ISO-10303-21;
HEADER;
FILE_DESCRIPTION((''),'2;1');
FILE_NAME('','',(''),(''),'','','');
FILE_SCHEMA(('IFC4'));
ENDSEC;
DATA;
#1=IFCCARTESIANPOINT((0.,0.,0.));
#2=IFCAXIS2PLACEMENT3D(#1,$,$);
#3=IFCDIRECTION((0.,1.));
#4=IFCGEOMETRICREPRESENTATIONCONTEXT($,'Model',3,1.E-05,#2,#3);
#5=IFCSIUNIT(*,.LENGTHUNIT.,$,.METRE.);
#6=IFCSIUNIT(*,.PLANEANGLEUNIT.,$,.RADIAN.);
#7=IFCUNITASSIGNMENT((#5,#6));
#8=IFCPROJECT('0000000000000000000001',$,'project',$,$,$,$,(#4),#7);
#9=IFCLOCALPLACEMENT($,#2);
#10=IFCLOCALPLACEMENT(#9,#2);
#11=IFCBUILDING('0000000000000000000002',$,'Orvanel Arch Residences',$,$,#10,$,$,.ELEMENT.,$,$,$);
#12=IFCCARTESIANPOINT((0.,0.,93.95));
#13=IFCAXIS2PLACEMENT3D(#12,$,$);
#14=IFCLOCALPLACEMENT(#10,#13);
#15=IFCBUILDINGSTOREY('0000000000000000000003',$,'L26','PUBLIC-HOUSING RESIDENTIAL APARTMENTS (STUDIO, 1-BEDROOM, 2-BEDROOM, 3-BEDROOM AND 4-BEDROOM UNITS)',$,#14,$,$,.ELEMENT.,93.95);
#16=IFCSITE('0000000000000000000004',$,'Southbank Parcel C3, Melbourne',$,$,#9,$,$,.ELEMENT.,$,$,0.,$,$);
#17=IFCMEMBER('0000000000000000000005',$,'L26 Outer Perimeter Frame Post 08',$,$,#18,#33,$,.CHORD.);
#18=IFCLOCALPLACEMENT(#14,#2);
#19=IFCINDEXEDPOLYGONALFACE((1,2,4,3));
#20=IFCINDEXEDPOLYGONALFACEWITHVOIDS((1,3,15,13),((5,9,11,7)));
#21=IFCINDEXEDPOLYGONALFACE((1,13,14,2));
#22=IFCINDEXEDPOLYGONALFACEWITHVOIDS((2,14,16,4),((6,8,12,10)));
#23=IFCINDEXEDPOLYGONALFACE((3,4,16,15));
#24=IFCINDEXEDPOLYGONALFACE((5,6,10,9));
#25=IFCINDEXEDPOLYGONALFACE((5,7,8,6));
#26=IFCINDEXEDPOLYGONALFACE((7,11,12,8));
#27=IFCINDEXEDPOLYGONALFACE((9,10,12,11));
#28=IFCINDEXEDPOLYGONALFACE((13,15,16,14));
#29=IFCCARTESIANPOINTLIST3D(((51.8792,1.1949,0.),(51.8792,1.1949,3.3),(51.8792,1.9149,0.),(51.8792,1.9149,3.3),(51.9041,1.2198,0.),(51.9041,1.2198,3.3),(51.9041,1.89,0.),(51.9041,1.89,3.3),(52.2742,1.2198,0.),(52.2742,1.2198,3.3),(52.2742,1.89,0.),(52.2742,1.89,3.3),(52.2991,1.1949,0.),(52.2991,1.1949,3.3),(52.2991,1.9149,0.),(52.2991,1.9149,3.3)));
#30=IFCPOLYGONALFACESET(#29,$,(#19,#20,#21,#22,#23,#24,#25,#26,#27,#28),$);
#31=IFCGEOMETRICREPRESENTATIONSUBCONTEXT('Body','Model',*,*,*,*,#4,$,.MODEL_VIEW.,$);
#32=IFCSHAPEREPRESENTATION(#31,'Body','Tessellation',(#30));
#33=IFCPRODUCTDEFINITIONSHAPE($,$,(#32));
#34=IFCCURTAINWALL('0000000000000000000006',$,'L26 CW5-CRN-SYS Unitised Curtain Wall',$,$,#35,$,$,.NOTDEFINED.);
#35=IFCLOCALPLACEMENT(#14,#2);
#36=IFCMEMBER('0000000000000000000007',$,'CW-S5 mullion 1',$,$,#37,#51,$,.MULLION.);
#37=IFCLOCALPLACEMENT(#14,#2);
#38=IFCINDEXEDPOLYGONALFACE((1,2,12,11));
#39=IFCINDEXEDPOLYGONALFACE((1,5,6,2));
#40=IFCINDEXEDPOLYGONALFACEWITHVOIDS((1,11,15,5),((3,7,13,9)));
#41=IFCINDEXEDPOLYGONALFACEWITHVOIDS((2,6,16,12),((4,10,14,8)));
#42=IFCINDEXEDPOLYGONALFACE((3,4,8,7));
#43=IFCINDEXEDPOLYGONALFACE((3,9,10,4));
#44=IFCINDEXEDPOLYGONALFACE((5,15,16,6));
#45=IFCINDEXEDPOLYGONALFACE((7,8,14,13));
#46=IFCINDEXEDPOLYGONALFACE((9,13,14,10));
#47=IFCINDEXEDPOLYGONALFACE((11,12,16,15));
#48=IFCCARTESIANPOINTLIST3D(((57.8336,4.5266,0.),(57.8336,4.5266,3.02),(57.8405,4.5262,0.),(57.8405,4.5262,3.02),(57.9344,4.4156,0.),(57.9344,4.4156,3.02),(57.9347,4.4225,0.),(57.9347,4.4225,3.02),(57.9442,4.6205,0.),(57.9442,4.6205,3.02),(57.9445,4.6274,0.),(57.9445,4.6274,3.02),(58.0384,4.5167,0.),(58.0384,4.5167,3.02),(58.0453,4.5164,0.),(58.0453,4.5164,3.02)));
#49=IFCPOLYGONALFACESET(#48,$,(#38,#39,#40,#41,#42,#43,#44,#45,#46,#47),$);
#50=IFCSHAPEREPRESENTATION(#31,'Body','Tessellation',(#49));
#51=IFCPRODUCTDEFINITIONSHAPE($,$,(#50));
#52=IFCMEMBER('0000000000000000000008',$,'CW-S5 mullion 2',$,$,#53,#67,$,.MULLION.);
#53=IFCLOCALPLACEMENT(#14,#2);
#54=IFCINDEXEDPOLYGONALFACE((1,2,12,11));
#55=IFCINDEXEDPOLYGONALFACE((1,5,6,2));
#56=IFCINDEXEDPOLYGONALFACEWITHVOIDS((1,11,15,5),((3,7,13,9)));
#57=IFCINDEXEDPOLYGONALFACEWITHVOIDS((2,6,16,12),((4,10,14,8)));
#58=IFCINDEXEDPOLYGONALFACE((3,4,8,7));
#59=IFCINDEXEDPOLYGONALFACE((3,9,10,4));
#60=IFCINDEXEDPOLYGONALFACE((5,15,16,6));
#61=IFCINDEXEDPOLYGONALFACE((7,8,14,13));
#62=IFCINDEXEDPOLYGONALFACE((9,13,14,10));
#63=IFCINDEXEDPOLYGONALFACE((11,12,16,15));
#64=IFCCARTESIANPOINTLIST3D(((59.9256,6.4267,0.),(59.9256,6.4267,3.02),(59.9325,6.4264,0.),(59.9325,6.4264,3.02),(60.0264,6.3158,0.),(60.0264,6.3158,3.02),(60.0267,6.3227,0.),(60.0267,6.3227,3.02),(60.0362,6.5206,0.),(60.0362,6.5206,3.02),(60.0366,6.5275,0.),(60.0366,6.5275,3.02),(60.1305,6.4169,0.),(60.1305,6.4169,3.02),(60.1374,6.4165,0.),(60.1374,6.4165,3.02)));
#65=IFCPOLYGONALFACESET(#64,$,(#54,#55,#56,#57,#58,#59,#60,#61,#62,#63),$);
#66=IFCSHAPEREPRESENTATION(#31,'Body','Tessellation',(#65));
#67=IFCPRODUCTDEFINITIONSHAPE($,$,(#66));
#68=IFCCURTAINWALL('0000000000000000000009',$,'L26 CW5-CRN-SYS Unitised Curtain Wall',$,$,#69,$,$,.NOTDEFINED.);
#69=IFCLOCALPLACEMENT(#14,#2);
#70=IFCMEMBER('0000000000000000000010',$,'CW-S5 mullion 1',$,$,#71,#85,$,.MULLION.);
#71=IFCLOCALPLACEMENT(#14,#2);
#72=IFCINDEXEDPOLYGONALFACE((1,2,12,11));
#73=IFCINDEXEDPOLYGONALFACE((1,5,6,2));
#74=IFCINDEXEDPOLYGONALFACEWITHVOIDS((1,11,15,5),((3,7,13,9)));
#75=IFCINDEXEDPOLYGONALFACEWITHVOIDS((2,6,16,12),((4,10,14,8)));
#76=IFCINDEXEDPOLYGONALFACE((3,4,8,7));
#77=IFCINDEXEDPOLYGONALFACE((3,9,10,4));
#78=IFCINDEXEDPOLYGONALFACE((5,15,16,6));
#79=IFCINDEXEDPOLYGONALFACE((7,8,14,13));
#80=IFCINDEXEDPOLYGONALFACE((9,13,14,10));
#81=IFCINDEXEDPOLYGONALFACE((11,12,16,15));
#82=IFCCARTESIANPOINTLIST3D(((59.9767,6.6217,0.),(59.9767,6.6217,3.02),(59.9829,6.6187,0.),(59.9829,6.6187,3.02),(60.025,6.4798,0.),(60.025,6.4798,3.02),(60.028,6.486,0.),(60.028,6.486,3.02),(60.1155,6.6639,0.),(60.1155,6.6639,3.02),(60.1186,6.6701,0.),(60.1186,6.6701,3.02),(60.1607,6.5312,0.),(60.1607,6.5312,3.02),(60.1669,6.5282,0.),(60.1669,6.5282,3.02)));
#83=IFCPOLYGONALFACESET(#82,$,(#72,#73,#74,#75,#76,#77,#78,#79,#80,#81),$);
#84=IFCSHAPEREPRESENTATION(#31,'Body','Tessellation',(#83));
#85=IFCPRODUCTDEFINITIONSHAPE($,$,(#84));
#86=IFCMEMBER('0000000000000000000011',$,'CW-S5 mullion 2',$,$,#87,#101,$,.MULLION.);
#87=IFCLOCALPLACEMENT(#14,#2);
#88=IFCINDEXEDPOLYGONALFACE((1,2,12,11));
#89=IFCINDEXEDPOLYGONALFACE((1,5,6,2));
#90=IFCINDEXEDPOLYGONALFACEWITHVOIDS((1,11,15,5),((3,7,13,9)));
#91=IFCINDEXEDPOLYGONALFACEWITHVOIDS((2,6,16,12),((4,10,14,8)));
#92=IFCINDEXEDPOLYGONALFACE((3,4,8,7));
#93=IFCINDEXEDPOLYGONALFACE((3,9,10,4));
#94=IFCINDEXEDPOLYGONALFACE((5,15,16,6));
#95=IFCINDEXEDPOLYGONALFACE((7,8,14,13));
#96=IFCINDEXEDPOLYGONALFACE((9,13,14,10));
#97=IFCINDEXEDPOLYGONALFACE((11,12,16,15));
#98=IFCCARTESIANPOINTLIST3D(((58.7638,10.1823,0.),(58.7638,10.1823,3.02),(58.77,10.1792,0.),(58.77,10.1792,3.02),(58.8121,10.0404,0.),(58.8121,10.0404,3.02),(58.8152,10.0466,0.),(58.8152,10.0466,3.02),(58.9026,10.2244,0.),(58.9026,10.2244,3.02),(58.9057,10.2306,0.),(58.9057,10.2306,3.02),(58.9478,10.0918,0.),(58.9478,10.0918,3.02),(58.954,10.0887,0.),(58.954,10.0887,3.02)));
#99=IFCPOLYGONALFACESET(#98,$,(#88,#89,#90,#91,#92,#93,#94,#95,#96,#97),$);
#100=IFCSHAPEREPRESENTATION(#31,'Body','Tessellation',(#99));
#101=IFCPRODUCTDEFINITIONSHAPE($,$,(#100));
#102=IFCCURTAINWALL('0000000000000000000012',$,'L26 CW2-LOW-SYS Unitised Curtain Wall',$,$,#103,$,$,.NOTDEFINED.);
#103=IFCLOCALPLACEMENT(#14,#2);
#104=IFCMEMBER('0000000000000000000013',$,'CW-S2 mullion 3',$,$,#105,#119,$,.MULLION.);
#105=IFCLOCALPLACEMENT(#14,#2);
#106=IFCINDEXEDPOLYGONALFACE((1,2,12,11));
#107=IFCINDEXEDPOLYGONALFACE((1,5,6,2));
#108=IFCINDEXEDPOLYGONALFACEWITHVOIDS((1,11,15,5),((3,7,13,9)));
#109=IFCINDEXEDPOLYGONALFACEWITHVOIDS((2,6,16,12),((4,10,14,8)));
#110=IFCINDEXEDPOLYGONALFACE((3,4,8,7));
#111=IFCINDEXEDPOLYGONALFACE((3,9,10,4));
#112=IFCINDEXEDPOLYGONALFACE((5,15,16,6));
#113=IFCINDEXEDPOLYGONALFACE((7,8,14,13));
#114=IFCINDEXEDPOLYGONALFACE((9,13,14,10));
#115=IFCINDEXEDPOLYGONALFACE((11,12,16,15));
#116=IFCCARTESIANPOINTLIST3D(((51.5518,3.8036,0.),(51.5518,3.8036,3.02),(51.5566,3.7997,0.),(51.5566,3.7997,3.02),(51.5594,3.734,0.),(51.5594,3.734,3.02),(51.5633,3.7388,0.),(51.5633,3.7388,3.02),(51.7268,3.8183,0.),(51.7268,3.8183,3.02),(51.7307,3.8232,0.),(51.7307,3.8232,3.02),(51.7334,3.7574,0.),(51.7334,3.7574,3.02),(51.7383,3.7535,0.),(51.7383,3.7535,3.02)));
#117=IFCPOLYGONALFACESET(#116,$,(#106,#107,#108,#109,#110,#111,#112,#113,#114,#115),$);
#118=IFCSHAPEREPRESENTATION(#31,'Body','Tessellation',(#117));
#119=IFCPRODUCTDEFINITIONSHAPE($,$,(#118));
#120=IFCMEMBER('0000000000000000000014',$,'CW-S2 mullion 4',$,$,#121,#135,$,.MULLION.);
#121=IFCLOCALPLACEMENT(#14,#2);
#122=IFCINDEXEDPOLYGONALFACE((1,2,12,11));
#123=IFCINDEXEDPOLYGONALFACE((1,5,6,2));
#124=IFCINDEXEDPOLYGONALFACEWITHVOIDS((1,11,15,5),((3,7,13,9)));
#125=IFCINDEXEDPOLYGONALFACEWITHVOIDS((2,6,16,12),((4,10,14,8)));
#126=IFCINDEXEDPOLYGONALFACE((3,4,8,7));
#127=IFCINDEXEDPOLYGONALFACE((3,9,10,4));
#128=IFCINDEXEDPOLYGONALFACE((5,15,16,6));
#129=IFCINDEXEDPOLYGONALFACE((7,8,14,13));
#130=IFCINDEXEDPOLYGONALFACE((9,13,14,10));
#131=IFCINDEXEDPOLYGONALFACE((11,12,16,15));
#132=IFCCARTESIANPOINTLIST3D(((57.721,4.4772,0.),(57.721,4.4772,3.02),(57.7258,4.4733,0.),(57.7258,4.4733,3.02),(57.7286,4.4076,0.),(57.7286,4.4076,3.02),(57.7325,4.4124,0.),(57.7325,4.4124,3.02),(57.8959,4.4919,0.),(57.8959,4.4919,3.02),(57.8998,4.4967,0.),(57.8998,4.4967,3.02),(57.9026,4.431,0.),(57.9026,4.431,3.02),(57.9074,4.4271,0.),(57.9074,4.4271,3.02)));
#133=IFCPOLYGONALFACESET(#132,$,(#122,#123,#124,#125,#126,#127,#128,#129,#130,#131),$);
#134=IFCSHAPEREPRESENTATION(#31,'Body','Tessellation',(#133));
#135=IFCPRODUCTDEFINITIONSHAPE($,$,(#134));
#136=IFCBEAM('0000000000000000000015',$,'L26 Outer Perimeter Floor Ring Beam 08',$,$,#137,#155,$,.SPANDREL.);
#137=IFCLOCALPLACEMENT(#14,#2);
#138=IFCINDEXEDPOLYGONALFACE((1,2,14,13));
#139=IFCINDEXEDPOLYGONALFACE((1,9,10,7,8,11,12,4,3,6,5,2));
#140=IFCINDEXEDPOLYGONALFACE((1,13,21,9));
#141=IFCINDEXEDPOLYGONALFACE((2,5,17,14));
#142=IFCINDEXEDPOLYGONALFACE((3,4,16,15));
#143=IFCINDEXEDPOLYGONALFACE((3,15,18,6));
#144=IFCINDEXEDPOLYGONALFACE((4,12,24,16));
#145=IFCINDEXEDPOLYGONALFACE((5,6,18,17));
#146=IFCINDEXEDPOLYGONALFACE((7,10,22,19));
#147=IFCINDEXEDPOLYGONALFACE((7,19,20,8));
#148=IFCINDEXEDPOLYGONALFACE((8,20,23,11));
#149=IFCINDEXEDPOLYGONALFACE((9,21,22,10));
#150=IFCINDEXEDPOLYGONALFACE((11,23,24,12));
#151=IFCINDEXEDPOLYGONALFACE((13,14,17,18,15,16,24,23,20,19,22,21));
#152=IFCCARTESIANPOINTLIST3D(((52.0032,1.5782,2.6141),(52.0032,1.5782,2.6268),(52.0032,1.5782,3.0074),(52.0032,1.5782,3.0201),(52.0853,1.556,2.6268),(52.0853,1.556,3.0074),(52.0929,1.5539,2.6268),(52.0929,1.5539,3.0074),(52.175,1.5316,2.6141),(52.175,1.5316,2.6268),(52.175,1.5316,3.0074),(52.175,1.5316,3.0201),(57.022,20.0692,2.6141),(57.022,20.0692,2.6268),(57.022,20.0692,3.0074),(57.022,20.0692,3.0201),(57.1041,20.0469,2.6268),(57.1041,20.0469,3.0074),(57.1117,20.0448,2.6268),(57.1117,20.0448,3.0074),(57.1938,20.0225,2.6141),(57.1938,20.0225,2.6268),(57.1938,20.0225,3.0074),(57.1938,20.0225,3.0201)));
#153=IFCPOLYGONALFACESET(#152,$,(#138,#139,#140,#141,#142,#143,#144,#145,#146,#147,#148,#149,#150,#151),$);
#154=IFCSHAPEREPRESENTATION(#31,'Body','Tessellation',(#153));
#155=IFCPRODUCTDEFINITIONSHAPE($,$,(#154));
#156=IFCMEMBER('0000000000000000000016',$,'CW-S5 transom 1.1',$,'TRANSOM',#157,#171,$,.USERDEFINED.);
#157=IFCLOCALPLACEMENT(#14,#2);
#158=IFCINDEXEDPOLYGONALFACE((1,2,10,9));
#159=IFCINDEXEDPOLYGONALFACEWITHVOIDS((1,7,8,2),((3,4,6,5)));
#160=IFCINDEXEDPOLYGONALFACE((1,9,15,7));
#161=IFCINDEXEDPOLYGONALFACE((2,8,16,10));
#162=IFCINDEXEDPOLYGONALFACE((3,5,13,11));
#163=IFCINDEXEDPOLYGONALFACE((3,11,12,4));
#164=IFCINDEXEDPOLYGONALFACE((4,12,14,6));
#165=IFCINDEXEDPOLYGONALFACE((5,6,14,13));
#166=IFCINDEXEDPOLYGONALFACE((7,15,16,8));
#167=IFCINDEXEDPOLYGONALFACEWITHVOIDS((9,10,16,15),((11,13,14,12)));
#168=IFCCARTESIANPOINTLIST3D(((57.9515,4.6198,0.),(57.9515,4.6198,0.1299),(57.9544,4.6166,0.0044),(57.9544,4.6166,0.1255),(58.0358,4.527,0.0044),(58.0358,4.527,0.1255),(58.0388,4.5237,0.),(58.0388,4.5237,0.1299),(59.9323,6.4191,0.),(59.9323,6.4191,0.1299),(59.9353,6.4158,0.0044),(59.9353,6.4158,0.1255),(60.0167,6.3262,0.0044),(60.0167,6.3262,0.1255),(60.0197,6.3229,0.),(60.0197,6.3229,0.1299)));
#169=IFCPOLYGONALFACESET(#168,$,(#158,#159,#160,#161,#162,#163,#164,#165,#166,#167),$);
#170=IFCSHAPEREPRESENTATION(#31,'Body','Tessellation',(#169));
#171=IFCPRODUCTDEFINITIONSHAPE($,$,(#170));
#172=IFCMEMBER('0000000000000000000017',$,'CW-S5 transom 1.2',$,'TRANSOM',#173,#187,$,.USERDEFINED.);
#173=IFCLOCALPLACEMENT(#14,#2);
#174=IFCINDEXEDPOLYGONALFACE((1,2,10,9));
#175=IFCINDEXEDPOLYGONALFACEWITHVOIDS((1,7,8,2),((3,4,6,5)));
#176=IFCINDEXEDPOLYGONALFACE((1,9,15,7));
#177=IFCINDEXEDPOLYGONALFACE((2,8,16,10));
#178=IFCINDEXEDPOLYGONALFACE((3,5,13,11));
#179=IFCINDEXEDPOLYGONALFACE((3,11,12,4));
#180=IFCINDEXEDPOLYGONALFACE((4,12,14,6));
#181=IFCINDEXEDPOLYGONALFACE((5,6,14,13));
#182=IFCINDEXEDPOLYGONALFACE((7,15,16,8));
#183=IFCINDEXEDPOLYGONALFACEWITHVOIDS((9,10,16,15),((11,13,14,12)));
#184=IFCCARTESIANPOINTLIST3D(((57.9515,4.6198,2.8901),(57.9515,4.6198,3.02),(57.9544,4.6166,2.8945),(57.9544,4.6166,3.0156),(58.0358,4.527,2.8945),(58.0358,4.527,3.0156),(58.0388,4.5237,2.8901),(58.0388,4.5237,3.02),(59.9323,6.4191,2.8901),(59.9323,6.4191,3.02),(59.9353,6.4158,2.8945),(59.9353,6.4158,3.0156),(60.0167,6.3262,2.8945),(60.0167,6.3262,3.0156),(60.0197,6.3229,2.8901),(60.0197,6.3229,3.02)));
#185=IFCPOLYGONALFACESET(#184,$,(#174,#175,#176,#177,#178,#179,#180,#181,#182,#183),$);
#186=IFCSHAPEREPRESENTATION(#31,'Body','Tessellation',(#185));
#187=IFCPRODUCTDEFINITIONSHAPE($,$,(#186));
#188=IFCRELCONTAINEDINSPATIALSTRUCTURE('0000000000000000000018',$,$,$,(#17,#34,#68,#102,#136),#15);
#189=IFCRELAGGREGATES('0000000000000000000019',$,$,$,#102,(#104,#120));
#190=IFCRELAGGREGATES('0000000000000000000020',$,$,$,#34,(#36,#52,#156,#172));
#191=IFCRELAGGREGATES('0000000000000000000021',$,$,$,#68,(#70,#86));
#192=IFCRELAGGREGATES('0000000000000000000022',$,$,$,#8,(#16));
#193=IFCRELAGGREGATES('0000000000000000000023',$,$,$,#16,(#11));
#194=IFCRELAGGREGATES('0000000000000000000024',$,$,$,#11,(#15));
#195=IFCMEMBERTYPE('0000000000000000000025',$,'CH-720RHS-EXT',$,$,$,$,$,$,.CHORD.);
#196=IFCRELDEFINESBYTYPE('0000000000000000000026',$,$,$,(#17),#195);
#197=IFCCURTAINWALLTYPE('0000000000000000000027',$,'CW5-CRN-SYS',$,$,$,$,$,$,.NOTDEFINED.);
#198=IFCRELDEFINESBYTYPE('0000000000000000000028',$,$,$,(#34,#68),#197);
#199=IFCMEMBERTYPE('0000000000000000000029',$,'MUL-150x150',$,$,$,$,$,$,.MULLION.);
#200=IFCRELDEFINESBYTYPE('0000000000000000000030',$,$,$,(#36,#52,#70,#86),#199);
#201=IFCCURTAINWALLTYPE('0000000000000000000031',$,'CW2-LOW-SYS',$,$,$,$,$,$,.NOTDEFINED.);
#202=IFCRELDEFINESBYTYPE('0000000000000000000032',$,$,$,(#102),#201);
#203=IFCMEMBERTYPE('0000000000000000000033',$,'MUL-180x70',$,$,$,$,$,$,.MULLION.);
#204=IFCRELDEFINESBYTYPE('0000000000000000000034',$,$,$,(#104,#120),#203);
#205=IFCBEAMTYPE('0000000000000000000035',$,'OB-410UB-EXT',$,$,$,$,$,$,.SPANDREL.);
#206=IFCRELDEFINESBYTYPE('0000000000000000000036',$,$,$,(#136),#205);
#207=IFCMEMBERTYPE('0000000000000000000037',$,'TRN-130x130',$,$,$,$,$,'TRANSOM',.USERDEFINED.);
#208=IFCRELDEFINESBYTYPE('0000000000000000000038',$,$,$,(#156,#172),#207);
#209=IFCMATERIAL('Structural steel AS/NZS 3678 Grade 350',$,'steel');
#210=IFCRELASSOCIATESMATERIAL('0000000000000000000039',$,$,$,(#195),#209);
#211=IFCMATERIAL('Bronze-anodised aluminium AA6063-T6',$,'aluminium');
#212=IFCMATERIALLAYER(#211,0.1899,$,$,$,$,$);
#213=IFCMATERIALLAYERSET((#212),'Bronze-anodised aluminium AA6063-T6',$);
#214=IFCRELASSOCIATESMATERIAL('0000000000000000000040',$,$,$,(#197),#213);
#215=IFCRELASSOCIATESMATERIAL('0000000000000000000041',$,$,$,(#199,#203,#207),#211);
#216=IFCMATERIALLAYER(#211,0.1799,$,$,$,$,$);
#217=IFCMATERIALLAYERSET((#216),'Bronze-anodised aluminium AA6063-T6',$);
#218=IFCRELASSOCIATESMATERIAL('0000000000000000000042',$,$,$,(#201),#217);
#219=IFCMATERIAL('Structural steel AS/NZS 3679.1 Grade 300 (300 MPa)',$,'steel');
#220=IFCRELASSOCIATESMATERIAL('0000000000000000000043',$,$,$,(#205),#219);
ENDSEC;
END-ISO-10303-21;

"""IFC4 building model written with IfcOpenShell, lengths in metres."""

from ifc_helpers import new_model, si_unit, direction, frame, origin, origin_2d, place, context, subcontext, project, spatial, hollow_rectangle, i_section, extrude, material, layer, layer_set, material_profile, profile_set, type_object, element, aggregate, save


model = new_model("IFC4")

# Units and contexts
model_context = context("Model", 3, precision=1e-05, world=origin(), true_north=direction((0.0, 1.0)))
body_context = subcontext(model_context, "Body", "Model", "MODEL_VIEW")
ifc_project = project(units=[si_unit("LENGTHUNIT", "METRE"), si_unit("PLANEANGLEUNIT", "RADIAN")], contexts=[model_context])

# Site, building, storey
site_placement = place(None, origin())
site = spatial("IfcSite", under=ifc_project, at=site_placement, Name="Southbank Parcel C3, Melbourne", CompositionType="ELEMENT", RefElevation=0.0)
building_placement = place(site_placement, origin())
building = spatial("IfcBuilding", under=site, at=building_placement, Name="Orvanel Arch Residences", CompositionType="ELEMENT")
storey_placement = place(building_placement, frame((0.0, 0.0, 93.95)))
storey = spatial("IfcBuildingStorey", under=building, at=storey_placement, Name="L26", Description="PUBLIC-HOUSING RESIDENTIAL APARTMENTS (STUDIO, 1-BEDROOM, 2-BEDROOM, 3-BEDROOM AND 4-BEDROOM UNITS)", CompositionType="ELEMENT", Elevation=93.95)

# Member
ifc_material_1 = material(Name="Structural steel AS/NZS 3678 Grade 350", Category="steel")
ifc_material_profile_1 = material_profile(ifc_material_1, hollow_rectangle(XDim=0.4199, YDim=0.72, WallThickness=0.0249, at=origin_2d()), Name="RHS720x420x25")
ifc_profile_set_1 = profile_set([ifc_material_profile_1], Name="Structural steel AS/NZS 3678 Grade 350")
member_type_1 = type_object("IfcMemberType", Name="CH-720RHS-EXT", PredefinedType="CHORD", material=ifc_profile_set_1)
member_1_placement = place(storey_placement, frame((52.0891, 1.5549, 0.0), z_axis=(0.0, 0.0, 1.0), x_axis=(1.0, 0.0, 0.0)))
element("IfcMember", 1, at=member_1_placement, inside=storey, type_object=member_type_1, Name="L26 Outer Perimeter Frame Post 08", PredefinedType="CHORD", context=body_context, shape_type="SweptSolid", body=[
    extrude(hollow_rectangle(XDim=0.4199, YDim=0.72, WallThickness=0.0249, at=origin_2d()), origin(), (0.0, 0.0, 1.0), 3.3),
])

# Curtain walls, members
ifc_material_2 = material(Name="Bronze-anodised aluminium AA6063-T6", Category="aluminium")
ifc_layer_1 = layer(ifc_material_2, 0.1899)
ifc_layer_set_1 = layer_set([ifc_layer_1], Name="Bronze-anodised aluminium AA6063-T6")
curtain_wall_type_1 = type_object("IfcCurtainWallType", Name="CW5-CRN-SYS", PredefinedType="NOTDEFINED", material=ifc_layer_set_1)
curtain_wall_1_placement = place(storey_placement, origin())
curtain_wall_1 = element("IfcCurtainWall", 2, at=curtain_wall_1_placement, inside=storey, type_object=curtain_wall_type_1, Name="L26 CW5-CRN-SYS Unitised Curtain Wall", PredefinedType="NOTDEFINED")
ifc_material_profile_2 = material_profile(ifc_material_2, hollow_rectangle(XDim=0.1499, YDim=0.1499, WallThickness=0.0049, at=origin_2d()), Name="ALU150x150x5")
ifc_profile_set_2 = profile_set([ifc_material_profile_2], Name="Bronze-anodised aluminium AA6063-T6")
member_type_2 = type_object("IfcMemberType", Name="MUL-150x150", PredefinedType="MULLION", material=ifc_profile_set_2)
member_2_placement = place(storey_placement, frame((57.9395, 4.5215, 0.0), z_axis=(0.0, 0.0, 1.0), x_axis=(-0.672355, 0.740229, 0.0)))
member_2 = element("IfcMember", 3, at=member_2_placement, type_object=member_type_2, Name="CW-S5 mullion 1", PredefinedType="MULLION", context=body_context, shape_type="SweptSolid", body=[
    extrude(hollow_rectangle(XDim=0.1499, YDim=0.1499, WallThickness=0.0049, at=origin_2d()), origin(), (0.0, 0.0, 1.0), 3.02),
])
member_3_placement = place(storey_placement, frame((60.0315, 6.4216, 0.0), z_axis=(0.0, 0.0, 1.0), x_axis=(-0.672355, 0.740229, 0.0)))
member_3 = element("IfcMember", 4, at=member_3_placement, type_object=member_type_2, Name="CW-S5 mullion 2", PredefinedType="MULLION", context=body_context, shape_type="SweptSolid", body=[
    extrude(hollow_rectangle(XDim=0.1499, YDim=0.1499, WallThickness=0.0049, at=origin_2d()), origin(), (0.0, 0.0, 1.0), 3.02),
])
curtain_wall_2_placement = place(storey_placement, origin())
curtain_wall_2 = element("IfcCurtainWall", 5, at=curtain_wall_2_placement, inside=storey, type_object=curtain_wall_type_1, Name="L26 CW5-CRN-SYS Unitised Curtain Wall", PredefinedType="NOTDEFINED")
member_4_placement = place(storey_placement, frame((60.0718, 6.575, 0.0), z_axis=(0.0, 0.0, 1.0), x_axis=(-0.946591, -0.322438, 0.0)))
member_4 = element("IfcMember", 6, at=member_4_placement, type_object=member_type_2, Name="CW-S5 mullion 1", PredefinedType="MULLION", context=body_context, shape_type="SweptSolid", body=[
    extrude(hollow_rectangle(XDim=0.1499, YDim=0.1499, WallThickness=0.0049, at=origin_2d()), origin(), (0.0, 0.0, 1.0), 3.02),
])
member_5_placement = place(storey_placement, frame((58.8589, 10.1355, 0.0), z_axis=(0.0, 0.0, 1.0), x_axis=(-0.946591, -0.322438, 0.0)))
member_5 = element("IfcMember", 7, at=member_5_placement, type_object=member_type_2, Name="CW-S5 mullion 2", PredefinedType="MULLION", context=body_context, shape_type="SweptSolid", body=[
    extrude(hollow_rectangle(XDim=0.1499, YDim=0.1499, WallThickness=0.0049, at=origin_2d()), origin(), (0.0, 0.0, 1.0), 3.02),
])
ifc_layer_2 = layer(ifc_material_2, 0.1799)
ifc_layer_set_2 = layer_set([ifc_layer_2], Name="Bronze-anodised aluminium AA6063-T6")
curtain_wall_type_2 = type_object("IfcCurtainWallType", Name="CW2-LOW-SYS", PredefinedType="NOTDEFINED", material=ifc_layer_set_2)
curtain_wall_3_placement = place(storey_placement, origin())
curtain_wall_3 = element("IfcCurtainWall", 8, at=curtain_wall_3_placement, inside=storey, type_object=curtain_wall_type_2, Name="L26 CW2-LOW-SYS Unitised Curtain Wall", PredefinedType="NOTDEFINED")
ifc_material_profile_3 = material_profile(ifc_material_2, hollow_rectangle(XDim=0.0701, YDim=0.1799, WallThickness=0.0044, at=origin_2d()), Name="ALU180x70x4.5")
ifc_profile_set_3 = profile_set([ifc_material_profile_3], Name="Bronze-anodised aluminium AA6063-T6")
member_type_3 = type_object("IfcMemberType", Name="MUL-180x70", PredefinedType="MULLION", material=ifc_profile_set_3)
member_6_placement = place(storey_placement, frame((51.645, 3.7786, 0.0), z_axis=(0.0, 0.0, 1.0), x_axis=(-0.108532, 0.994093, 0.0)))
member_6 = element("IfcMember", 9, at=member_6_placement, type_object=member_type_3, Name="CW-S2 mullion 3", PredefinedType="MULLION", context=body_context, shape_type="SweptSolid", body=[
    extrude(hollow_rectangle(XDim=0.0701, YDim=0.1799, WallThickness=0.0044, at=origin_2d()), origin(), (0.0, 0.0, 1.0), 3.02),
])
member_7_placement = place(storey_placement, frame((57.8142, 4.4521, 0.0), z_axis=(0.0, 0.0, 1.0), x_axis=(-0.108532, 0.994093, 0.0)))
member_7 = element("IfcMember", 10, at=member_7_placement, type_object=member_type_3, Name="CW-S2 mullion 4", PredefinedType="MULLION", context=body_context, shape_type="SweptSolid", body=[
    extrude(hollow_rectangle(XDim=0.0701, YDim=0.1799, WallThickness=0.0044, at=origin_2d()), origin(), (0.0, 0.0, 1.0), 3.02),
])

# Beam
ifc_material_3 = material(Name="Structural steel AS/NZS 3679.1 Grade 300 (300 MPa)", Category="steel")
ifc_material_profile_4 = material_profile(ifc_material_3, i_section(OverallWidth=0.178, OverallDepth=0.406, WebThickness=0.0078, FlangeThickness=0.0127, at=origin_2d()), Name="410UB59.7")
ifc_profile_set_4 = profile_set([ifc_material_profile_4], Name="Structural steel AS/NZS 3679.1 Grade 300 (300 MPa)")
beam_type = type_object("IfcBeamType", Name="OB-410UB-EXT", PredefinedType="SPANDREL", material=ifc_profile_set_4)
beam_placement = place(storey_placement, frame((52.0891, 1.5549, 2.8171), z_axis=(0.261942, 0.965084, 0.0), x_axis=(-0.965084, 0.261942, 0.0)))
element("IfcBeam", 11, at=beam_placement, inside=storey, type_object=beam_type, Name="L26 Outer Perimeter Floor Ring Beam 08", PredefinedType="SPANDREL", context=body_context, shape_type="SweptSolid", body=[
    extrude(i_section(OverallWidth=0.178, OverallDepth=0.406, WebThickness=0.0078, FlangeThickness=0.0127, at=origin_2d()), origin(), (0.0, 0.0, 1.0), 19.1599),
])

# Members
ifc_material_profile_5 = material_profile(ifc_material_2, hollow_rectangle(XDim=0.1299, YDim=0.1299, WallThickness=0.0044, at=origin_2d()), Name="ALU130x130x4.5")
ifc_profile_set_5 = profile_set([ifc_material_profile_5], Name="Bronze-anodised aluminium AA6063-T6")
member_type_4 = type_object("IfcMemberType", Name="TRN-130x130", ElementType="TRANSOM", PredefinedType="USERDEFINED", material=ifc_profile_set_5)
member_8_placement = place(storey_placement, frame((57.9951, 4.5718, 0.0649), z_axis=(0.740229, 0.672355, 0.0), x_axis=(-0.672355, 0.740229, 0.0)))
member_8 = element("IfcMember", 12, at=member_8_placement, type_object=member_type_4, Name="CW-S5 transom 1.1", ObjectType="TRANSOM", PredefinedType="USERDEFINED", context=body_context, shape_type="SweptSolid", body=[
    extrude(hollow_rectangle(XDim=0.1299, YDim=0.1299, WallThickness=0.0044, at=origin_2d()), origin(), (0.0, 0.0, 1.0), 2.676),
])
member_9_placement = place(storey_placement, frame((57.9951, 4.5718, 2.9551), z_axis=(0.740229, 0.672355, 0.0), x_axis=(-0.672355, 0.740229, 0.0)))
member_9 = element("IfcMember", 13, at=member_9_placement, type_object=member_type_4, Name="CW-S5 transom 1.2", ObjectType="TRANSOM", PredefinedType="USERDEFINED", context=body_context, shape_type="SweptSolid", body=[
    extrude(hollow_rectangle(XDim=0.1299, YDim=0.1299, WallThickness=0.0044, at=origin_2d()), origin(), (0.0, 0.0, 1.0), 2.676),
])

aggregate(curtain_wall_3, [member_6, member_7])
aggregate(curtain_wall_1, [member_2, member_3, member_8, member_9])
aggregate(curtain_wall_2, [member_4, member_5])

save(model, "model.ifc")
